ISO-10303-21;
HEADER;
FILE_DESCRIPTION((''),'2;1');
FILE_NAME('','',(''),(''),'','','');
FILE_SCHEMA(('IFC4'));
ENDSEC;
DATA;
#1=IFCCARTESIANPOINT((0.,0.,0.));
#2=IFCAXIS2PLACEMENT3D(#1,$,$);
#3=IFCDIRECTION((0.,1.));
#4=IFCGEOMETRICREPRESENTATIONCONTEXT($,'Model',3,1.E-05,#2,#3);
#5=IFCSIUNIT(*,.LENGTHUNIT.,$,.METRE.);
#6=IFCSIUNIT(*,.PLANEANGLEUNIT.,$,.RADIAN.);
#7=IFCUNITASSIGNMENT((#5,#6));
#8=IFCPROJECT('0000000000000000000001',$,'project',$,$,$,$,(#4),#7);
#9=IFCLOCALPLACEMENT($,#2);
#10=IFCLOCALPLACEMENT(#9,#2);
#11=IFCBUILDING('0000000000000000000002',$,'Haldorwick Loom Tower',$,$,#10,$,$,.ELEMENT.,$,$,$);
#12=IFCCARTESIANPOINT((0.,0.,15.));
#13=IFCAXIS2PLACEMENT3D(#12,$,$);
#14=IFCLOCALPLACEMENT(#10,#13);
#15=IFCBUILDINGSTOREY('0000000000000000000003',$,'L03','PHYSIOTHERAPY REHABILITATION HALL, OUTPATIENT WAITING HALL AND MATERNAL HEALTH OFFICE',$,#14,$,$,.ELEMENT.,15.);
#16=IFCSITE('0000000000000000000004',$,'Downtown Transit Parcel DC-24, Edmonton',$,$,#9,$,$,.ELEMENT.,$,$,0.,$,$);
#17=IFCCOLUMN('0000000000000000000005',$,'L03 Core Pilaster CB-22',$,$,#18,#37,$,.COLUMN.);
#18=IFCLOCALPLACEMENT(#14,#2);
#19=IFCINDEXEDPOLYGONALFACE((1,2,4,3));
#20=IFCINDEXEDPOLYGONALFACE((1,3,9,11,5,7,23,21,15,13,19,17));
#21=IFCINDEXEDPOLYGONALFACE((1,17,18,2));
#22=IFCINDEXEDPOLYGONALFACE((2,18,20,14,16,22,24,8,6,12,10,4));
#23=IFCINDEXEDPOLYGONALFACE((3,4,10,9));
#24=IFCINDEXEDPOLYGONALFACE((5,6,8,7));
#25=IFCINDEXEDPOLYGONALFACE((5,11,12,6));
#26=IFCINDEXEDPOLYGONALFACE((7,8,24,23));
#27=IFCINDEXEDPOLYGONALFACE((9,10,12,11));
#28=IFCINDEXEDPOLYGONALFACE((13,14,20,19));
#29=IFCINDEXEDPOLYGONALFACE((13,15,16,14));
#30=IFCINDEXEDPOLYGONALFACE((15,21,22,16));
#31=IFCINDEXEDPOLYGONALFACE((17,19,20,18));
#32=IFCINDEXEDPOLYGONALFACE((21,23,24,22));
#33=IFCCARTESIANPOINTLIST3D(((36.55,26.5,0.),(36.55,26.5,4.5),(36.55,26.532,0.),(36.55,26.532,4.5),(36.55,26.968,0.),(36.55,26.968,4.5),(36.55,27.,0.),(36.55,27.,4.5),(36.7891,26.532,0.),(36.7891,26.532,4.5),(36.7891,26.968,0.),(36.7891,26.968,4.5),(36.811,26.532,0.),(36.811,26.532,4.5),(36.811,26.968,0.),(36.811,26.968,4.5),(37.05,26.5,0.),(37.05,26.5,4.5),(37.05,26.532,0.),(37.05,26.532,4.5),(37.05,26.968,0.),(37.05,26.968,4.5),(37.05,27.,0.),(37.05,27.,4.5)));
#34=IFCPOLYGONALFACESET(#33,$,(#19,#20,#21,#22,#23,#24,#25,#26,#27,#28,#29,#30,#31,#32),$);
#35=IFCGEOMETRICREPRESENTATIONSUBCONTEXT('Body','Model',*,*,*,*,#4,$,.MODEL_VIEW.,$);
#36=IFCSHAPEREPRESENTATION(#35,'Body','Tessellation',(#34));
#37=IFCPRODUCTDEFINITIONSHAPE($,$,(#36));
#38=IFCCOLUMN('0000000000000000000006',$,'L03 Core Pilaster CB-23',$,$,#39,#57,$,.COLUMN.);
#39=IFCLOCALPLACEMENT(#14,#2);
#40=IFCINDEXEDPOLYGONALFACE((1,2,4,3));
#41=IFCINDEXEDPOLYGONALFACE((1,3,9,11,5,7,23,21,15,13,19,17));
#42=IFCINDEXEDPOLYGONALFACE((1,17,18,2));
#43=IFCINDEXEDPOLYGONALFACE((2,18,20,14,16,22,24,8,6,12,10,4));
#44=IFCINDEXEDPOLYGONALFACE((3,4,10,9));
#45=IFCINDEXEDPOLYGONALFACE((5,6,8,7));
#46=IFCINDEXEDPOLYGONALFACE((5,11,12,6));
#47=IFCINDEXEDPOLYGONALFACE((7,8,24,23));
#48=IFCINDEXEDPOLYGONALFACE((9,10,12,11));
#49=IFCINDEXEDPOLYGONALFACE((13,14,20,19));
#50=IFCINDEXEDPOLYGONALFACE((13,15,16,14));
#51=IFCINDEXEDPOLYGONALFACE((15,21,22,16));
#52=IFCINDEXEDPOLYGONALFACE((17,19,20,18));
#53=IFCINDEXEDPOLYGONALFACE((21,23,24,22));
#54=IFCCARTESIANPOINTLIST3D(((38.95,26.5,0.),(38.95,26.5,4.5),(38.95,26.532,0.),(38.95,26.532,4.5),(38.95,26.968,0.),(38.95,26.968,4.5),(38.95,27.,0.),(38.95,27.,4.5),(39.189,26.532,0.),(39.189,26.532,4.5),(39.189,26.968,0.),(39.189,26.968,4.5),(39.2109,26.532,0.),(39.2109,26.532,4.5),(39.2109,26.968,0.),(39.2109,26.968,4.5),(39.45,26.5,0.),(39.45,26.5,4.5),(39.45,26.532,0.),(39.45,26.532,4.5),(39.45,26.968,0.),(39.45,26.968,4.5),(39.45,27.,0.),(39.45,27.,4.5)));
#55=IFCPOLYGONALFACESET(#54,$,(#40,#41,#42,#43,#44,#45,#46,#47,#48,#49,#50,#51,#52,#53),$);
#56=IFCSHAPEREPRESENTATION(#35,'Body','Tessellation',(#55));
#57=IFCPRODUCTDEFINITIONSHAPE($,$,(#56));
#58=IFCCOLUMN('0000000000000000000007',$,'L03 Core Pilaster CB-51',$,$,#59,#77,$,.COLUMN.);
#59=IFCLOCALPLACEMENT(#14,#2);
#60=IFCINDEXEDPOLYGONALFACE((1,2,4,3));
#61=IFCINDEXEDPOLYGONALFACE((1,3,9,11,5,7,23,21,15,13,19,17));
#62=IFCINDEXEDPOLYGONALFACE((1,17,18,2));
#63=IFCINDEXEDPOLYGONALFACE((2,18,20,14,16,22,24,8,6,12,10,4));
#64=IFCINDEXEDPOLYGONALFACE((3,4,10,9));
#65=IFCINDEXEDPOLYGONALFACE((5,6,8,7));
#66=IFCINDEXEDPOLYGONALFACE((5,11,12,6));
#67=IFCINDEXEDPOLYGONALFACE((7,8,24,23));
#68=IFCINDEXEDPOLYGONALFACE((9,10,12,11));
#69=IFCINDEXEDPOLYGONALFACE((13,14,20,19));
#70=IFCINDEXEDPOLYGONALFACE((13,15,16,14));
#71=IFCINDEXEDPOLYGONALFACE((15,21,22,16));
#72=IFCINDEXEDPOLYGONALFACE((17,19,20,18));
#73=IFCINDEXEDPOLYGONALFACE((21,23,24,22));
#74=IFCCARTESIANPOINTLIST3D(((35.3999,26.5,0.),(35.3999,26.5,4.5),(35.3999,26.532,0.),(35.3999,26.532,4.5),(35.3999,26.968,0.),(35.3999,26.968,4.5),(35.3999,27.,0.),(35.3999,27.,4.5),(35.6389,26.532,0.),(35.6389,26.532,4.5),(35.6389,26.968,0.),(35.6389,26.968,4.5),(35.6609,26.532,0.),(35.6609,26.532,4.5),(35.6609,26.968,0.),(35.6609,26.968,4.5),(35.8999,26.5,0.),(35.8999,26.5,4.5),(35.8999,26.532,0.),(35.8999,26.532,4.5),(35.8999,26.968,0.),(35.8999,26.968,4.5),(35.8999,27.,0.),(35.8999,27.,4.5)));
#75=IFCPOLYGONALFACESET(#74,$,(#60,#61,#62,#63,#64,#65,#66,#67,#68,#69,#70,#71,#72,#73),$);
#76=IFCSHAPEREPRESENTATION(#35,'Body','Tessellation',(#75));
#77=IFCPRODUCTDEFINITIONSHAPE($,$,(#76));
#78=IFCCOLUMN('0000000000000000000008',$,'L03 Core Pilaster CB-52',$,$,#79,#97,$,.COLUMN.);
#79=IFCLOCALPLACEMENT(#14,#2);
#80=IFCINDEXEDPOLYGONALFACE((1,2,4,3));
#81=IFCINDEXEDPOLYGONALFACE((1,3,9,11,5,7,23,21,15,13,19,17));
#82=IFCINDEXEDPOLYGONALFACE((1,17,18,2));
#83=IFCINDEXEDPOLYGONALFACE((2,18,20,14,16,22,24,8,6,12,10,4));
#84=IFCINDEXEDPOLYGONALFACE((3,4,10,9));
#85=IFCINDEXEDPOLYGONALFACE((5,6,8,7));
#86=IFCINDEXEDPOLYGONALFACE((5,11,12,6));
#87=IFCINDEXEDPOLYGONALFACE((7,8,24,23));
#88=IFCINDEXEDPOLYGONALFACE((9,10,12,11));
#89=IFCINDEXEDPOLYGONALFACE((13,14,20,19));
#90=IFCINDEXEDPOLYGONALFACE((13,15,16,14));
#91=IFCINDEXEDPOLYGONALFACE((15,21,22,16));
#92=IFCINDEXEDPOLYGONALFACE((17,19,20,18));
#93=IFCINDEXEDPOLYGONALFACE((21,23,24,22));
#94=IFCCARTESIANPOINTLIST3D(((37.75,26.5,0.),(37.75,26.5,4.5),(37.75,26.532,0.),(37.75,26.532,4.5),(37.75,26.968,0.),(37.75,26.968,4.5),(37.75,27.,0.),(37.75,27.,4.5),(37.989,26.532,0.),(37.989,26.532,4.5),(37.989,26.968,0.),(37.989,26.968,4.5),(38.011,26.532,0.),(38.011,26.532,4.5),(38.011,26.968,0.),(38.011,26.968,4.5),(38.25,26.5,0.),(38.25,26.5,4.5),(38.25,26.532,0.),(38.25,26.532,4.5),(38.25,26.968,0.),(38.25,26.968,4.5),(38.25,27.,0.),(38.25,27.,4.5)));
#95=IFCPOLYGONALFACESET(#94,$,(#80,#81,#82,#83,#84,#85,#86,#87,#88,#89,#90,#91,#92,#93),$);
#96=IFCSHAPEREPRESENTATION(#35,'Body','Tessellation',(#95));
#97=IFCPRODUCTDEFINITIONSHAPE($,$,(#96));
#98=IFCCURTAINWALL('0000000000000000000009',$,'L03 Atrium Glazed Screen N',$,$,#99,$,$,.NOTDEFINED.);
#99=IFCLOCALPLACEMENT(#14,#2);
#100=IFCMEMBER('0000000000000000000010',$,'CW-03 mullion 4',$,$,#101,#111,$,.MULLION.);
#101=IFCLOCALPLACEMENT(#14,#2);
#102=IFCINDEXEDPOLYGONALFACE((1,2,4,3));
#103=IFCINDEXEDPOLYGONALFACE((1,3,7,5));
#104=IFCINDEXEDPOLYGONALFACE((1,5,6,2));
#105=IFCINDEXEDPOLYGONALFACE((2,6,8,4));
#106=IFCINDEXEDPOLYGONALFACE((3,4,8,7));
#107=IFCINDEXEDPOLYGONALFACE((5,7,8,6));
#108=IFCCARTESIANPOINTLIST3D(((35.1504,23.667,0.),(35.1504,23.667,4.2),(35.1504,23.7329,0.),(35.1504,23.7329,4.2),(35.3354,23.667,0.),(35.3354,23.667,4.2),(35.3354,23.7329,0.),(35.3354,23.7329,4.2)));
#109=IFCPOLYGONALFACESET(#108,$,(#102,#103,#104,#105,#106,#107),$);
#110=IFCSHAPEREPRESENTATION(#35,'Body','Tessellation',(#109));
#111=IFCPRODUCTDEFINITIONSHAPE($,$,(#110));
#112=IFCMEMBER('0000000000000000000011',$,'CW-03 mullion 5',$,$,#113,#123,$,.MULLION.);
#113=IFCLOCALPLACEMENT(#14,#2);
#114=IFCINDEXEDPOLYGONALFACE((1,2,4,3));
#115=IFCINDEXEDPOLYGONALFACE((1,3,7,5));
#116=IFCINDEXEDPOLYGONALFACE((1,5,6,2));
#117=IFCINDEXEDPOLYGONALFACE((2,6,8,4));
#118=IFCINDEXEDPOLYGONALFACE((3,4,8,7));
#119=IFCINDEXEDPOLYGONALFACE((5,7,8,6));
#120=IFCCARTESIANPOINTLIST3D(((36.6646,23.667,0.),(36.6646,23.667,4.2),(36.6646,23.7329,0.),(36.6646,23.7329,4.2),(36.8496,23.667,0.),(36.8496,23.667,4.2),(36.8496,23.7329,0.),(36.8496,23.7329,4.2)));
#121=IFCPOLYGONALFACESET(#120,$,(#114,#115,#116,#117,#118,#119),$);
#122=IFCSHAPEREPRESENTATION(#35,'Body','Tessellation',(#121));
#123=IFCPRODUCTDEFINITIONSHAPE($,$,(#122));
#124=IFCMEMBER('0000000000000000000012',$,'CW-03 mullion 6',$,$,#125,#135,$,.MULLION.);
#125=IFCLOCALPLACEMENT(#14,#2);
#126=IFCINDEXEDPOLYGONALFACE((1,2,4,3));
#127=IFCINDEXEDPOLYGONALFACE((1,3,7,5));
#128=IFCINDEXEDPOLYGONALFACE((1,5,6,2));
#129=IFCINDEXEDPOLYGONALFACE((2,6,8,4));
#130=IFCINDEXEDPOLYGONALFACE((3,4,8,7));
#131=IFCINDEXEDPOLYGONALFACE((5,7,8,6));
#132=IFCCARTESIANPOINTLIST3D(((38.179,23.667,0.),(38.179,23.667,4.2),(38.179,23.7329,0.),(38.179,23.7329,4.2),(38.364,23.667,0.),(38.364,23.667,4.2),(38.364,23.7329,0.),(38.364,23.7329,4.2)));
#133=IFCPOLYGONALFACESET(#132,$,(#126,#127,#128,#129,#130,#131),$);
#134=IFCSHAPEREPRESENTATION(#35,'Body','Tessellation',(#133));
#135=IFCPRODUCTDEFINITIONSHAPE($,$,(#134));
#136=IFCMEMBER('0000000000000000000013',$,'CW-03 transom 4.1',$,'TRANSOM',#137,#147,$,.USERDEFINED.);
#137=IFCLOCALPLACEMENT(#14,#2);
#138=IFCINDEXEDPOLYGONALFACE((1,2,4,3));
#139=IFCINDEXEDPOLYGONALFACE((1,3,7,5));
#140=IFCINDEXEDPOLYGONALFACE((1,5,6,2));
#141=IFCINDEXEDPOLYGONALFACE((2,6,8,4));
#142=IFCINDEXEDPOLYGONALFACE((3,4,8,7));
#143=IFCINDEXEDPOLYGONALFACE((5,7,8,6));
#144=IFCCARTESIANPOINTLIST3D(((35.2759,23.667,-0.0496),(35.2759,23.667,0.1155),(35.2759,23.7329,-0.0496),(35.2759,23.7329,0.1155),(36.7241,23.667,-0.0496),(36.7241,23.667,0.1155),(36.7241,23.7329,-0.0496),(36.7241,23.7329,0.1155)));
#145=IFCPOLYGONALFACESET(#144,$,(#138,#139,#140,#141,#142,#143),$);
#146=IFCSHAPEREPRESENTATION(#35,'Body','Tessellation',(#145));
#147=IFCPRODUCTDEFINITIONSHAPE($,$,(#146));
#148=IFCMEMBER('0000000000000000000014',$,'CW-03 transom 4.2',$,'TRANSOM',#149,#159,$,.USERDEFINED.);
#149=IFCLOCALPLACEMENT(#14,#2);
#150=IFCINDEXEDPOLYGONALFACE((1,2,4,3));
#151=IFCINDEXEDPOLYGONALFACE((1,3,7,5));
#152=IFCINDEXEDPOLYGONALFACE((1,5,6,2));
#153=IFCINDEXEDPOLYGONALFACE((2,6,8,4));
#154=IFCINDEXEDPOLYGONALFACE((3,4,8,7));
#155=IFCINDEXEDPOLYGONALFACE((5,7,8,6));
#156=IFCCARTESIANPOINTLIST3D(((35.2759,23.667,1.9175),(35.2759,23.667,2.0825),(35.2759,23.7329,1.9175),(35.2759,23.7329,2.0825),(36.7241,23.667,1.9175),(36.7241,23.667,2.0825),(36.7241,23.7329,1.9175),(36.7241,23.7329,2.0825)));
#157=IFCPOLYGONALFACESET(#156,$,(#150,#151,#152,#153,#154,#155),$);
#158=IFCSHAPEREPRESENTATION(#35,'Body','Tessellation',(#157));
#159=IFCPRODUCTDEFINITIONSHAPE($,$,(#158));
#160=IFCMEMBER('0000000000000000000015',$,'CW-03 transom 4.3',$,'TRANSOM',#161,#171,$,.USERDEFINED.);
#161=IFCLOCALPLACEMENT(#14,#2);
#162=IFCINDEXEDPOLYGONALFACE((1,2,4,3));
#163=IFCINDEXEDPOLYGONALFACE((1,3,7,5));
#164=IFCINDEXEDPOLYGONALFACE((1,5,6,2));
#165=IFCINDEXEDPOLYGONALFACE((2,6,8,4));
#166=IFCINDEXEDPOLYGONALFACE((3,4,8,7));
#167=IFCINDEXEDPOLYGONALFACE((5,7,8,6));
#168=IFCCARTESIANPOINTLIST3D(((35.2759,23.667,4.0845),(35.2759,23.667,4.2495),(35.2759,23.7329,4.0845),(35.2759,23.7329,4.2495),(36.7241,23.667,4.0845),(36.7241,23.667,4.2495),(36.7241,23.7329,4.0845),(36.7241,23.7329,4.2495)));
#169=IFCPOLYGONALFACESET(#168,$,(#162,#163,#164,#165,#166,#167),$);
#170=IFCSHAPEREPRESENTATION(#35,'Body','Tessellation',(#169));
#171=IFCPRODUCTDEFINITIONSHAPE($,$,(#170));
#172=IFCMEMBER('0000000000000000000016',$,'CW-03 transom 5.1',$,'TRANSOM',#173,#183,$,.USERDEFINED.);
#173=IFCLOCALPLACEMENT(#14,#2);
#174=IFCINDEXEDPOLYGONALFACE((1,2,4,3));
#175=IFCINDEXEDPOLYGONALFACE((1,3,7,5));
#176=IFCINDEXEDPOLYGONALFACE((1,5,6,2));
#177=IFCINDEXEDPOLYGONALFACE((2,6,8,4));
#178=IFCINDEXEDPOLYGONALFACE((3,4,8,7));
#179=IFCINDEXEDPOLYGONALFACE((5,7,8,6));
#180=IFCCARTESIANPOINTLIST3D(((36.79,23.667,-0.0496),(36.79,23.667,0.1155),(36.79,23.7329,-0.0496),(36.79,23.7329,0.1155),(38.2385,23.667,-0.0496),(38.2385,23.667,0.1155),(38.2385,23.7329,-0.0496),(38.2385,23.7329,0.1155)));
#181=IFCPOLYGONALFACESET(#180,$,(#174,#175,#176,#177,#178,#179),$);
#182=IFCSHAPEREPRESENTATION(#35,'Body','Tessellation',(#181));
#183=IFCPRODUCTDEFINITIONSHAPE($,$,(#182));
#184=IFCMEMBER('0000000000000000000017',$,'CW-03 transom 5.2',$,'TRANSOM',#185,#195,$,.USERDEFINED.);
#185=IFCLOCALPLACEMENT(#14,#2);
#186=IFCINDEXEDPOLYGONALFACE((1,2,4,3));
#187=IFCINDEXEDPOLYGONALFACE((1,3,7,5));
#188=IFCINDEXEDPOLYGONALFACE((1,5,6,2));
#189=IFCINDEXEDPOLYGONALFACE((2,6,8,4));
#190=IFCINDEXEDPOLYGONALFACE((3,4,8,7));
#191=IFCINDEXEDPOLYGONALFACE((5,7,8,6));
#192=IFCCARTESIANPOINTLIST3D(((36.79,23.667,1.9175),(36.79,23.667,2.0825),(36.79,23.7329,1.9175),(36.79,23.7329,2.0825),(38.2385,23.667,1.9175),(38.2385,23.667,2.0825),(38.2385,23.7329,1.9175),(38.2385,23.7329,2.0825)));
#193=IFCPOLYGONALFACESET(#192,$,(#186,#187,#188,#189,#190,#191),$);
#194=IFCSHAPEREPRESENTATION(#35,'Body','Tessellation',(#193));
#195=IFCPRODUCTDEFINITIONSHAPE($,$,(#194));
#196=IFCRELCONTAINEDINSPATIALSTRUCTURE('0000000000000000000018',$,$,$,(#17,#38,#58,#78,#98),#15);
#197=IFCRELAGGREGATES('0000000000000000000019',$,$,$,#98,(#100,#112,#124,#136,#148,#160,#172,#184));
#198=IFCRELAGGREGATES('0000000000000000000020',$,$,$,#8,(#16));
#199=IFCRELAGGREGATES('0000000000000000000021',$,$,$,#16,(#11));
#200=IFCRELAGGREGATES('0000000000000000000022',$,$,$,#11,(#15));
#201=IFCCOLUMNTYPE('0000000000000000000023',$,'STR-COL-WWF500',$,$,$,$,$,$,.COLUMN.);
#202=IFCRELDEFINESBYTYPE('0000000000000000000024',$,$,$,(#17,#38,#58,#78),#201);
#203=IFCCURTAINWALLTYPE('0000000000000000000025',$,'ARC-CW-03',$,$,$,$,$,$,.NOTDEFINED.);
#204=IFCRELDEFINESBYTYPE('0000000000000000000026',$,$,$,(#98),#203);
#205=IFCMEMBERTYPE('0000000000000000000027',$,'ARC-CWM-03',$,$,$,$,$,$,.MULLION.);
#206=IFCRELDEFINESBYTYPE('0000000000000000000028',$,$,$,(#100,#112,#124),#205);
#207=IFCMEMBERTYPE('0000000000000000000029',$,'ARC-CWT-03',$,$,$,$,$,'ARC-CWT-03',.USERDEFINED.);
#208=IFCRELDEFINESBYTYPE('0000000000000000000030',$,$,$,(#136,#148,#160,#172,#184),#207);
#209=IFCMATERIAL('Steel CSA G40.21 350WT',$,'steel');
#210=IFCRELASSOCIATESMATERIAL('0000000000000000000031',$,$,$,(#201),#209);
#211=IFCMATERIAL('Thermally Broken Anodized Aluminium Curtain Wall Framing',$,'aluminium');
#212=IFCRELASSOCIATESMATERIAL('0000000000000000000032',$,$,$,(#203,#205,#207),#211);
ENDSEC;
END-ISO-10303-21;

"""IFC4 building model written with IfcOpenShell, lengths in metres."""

from ifc_helpers import new_model, si_unit, direction, frame, origin, origin_2d, place, context, subcontext, project, spatial, rectangle, i_section, extrude, material, material_profile, profile_set, type_object, element, aggregate, save


model = new_model("IFC4")

# Units and contexts
model_context = context("Model", 3, precision=1e-05, world=origin(), true_north=direction((0.0, 1.0)))
body_context = subcontext(model_context, "Body", "Model", "MODEL_VIEW")
ifc_project = project(units=[si_unit("LENGTHUNIT", "METRE"), si_unit("PLANEANGLEUNIT", "RADIAN")], contexts=[model_context])

# Site, building, storey
site_placement = place(None, origin())
site = spatial("IfcSite", under=ifc_project, at=site_placement, Name="Downtown Transit Parcel DC-24, Edmonton", CompositionType="ELEMENT", RefElevation=0.0)
building_placement = place(site_placement, origin())
building = spatial("IfcBuilding", under=site, at=building_placement, Name="Haldorwick Loom Tower", CompositionType="ELEMENT")
storey_placement = place(building_placement, frame((0.0, 0.0, 15.0)))
storey = spatial("IfcBuildingStorey", under=building, at=storey_placement, Name="L03", Description="PHYSIOTHERAPY REHABILITATION HALL, OUTPATIENT WAITING HALL AND MATERNAL HEALTH OFFICE", CompositionType="ELEMENT", Elevation=15.0)

# Columns
ifc_material_1 = material(Name="Steel CSA G40.21 350WT", Category="steel")
ifc_material_profile_1 = material_profile(ifc_material_1, i_section(OverallWidth=0.5, OverallDepth=0.5, WebThickness=0.022, FlangeThickness=0.032, at=origin_2d()), Name="WWF500X500", Category="steel")
ifc_profile_set_1 = profile_set([ifc_material_profile_1], Name="Steel CSA G40.21 350WT")
column_type = type_object("IfcColumnType", Name="STR-COL-WWF500", PredefinedType="COLUMN", material=ifc_profile_set_1)
for number, where, z_axis, x_axis, name in (
    (1, (36.8, 26.75, 0.0), (0.0, 0.0, 1.0), (1.0, 0.0, 0.0), "L03 Core Pilaster CB-22"),
    (2, (39.2, 26.75, 0.0), (0.0, 0.0, 1.0), (1.0, 0.0, 0.0), "L03 Core Pilaster CB-23"),
    (3, (35.6499, 26.75, 0.0), (0.0, 0.0, 1.0), (1.0, 0.0, 0.0), "L03 Core Pilaster CB-51"),
    (4, (38.0, 26.75, 0.0), (0.0, 0.0, 1.0), (1.0, 0.0, 0.0), "L03 Core Pilaster CB-52"),
):
    element("IfcColumn", number, at=place(storey_placement, frame(where, z_axis=z_axis, x_axis=x_axis)), inside=storey, type_object=column_type, Name=name, PredefinedType="COLUMN", context=body_context, shape_type="SweptSolid", body=[
        extrude(i_section(OverallWidth=0.5, OverallDepth=0.5, WebThickness=0.022, FlangeThickness=0.032, at=origin_2d()), origin(), (0.0, 0.0, 1.0), 4.5),
    ])

# Curtain wall, members
ifc_material_2 = material(Name="Thermally Broken Anodized Aluminium Curtain Wall Framing", Category="aluminium")
curtain_wall_type = type_object("IfcCurtainWallType", Name="ARC-CW-03", PredefinedType="NOTDEFINED", material=ifc_material_2)
curtain_wall_placement = place(storey_placement, origin())
curtain_wall = element("IfcCurtainWall", 5, at=curtain_wall_placement, inside=storey, type_object=curtain_wall_type, Name="L03 Atrium Glazed Screen N", PredefinedType="NOTDEFINED")
ifc_material_profile_2 = material_profile(ifc_material_2, rectangle(XDim=0.0659, YDim=0.1851, at=origin_2d()), Name="ALU_MUL_66X185", Category="aluminium")
ifc_profile_set_2 = profile_set([ifc_material_profile_2], Name="Thermally Broken Anodized Aluminium Curtain Wall Framing")
member_type_1 = type_object("IfcMemberType", Name="ARC-CWM-03", PredefinedType="MULLION", material=ifc_profile_set_2)
member_1_placement = place(storey_placement, frame((35.2429, 23.7, 0.0), z_axis=(0.0, 0.0, 1.0), x_axis=(0.0, 1.0, 0.0)))
member_1 = element("IfcMember", 6, at=member_1_placement, type_object=member_type_1, Name="CW-03 mullion 4", PredefinedType="MULLION", context=body_context, shape_type="SweptSolid", body=[
    extrude(rectangle(XDim=0.0659, YDim=0.1851, at=origin_2d()), origin(), (0.0, 0.0, 1.0), 4.2),
])
member_2_placement = place(storey_placement, frame((36.7571, 23.7, 0.0), z_axis=(0.0, 0.0, 1.0), x_axis=(0.0, 1.0, 0.0)))
member_2 = element("IfcMember", 7, at=member_2_placement, type_object=member_type_1, Name="CW-03 mullion 5", PredefinedType="MULLION", context=body_context, shape_type="SweptSolid", body=[
    extrude(rectangle(XDim=0.0659, YDim=0.1851, at=origin_2d()), origin(), (0.0, 0.0, 1.0), 4.2),
])
member_3_placement = place(storey_placement, frame((38.2715, 23.7, 0.0), z_axis=(0.0, 0.0, 1.0), x_axis=(0.0, 1.0, 0.0)))
member_3 = element("IfcMember", 8, at=member_3_placement, type_object=member_type_1, Name="CW-03 mullion 6", PredefinedType="MULLION", context=body_context, shape_type="SweptSolid", body=[
    extrude(rectangle(XDim=0.0659, YDim=0.1851, at=origin_2d()), origin(), (0.0, 0.0, 1.0), 4.2),
])
ifc_material_profile_3 = material_profile(ifc_material_2, rectangle(XDim=0.0659, YDim=0.165, at=origin_2d()), Name="ALU_TRN_66X165", Category="aluminium")
ifc_profile_set_3 = profile_set([ifc_material_profile_3], Name="Thermally Broken Anodized Aluminium Curtain Wall Framing")
member_type_2 = type_object("IfcMemberType", Name="ARC-CWT-03", ElementType="ARC-CWT-03", PredefinedType="USERDEFINED", material=ifc_profile_set_3)
member_4_placement = place(storey_placement, frame((35.2759, 23.7, 0.033), z_axis=(1.0, 0.0, 0.0), x_axis=(0.0, 1.0, 0.0)))
member_4 = element("IfcMember", 9, at=member_4_placement, type_object=member_type_2, Name="CW-03 transom 4.1", ObjectType="TRANSOM", PredefinedType="USERDEFINED", context=body_context, shape_type="SweptSolid", body=[
    extrude(rectangle(XDim=0.0659, YDim=0.165, at=origin_2d()), origin(), (0.0, 0.0, 1.0), 1.4482),
])
member_5_placement = place(storey_placement, frame((35.2759, 23.7, 2.0), z_axis=(1.0, 0.0, 0.0), x_axis=(0.0, 1.0, 0.0)))
member_5 = element("IfcMember", 10, at=member_5_placement, type_object=member_type_2, Name="CW-03 transom 4.2", ObjectType="TRANSOM", PredefinedType="USERDEFINED", context=body_context, shape_type="SweptSolid", body=[
    extrude(rectangle(XDim=0.0659, YDim=0.165, at=origin_2d()), origin(), (0.0, 0.0, 1.0), 1.4482),
])
member_6_placement = place(storey_placement, frame((35.2759, 23.7, 4.167), z_axis=(1.0, 0.0, 0.0), x_axis=(0.0, 1.0, 0.0)))
member_6 = element("IfcMember", 11, at=member_6_placement, type_object=member_type_2, Name="CW-03 transom 4.3", ObjectType="TRANSOM", PredefinedType="USERDEFINED", context=body_context, shape_type="SweptSolid", body=[
    extrude(rectangle(XDim=0.0659, YDim=0.165, at=origin_2d()), origin(), (0.0, 0.0, 1.0), 1.4482),
])
member_7_placement = place(storey_placement, frame((36.79, 23.7, 0.033), z_axis=(1.0, 0.0, 0.0), x_axis=(0.0, 1.0, 0.0)))
member_7 = element("IfcMember", 12, at=member_7_placement, type_object=member_type_2, Name="CW-03 transom 5.1", ObjectType="TRANSOM", PredefinedType="USERDEFINED", context=body_context, shape_type="SweptSolid", body=[
    extrude(rectangle(XDim=0.0659, YDim=0.165, at=origin_2d()), origin(), (0.0, 0.0, 1.0), 1.4485),
])
member_8_placement = place(storey_placement, frame((36.79, 23.7, 2.0), z_axis=(1.0, 0.0, 0.0), x_axis=(0.0, 1.0, 0.0)))
member_8 = element("IfcMember", 13, at=member_8_placement, type_object=member_type_2, Name="CW-03 transom 5.2", ObjectType="TRANSOM", PredefinedType="USERDEFINED", context=body_context, shape_type="SweptSolid", body=[
    extrude(rectangle(XDim=0.0659, YDim=0.165, at=origin_2d()), origin(), (0.0, 0.0, 1.0), 1.4485),
])
aggregate(curtain_wall, [member_1, member_2, member_3, member_4, member_5, member_6, member_7, member_8])

save(model, "model.ifc")
